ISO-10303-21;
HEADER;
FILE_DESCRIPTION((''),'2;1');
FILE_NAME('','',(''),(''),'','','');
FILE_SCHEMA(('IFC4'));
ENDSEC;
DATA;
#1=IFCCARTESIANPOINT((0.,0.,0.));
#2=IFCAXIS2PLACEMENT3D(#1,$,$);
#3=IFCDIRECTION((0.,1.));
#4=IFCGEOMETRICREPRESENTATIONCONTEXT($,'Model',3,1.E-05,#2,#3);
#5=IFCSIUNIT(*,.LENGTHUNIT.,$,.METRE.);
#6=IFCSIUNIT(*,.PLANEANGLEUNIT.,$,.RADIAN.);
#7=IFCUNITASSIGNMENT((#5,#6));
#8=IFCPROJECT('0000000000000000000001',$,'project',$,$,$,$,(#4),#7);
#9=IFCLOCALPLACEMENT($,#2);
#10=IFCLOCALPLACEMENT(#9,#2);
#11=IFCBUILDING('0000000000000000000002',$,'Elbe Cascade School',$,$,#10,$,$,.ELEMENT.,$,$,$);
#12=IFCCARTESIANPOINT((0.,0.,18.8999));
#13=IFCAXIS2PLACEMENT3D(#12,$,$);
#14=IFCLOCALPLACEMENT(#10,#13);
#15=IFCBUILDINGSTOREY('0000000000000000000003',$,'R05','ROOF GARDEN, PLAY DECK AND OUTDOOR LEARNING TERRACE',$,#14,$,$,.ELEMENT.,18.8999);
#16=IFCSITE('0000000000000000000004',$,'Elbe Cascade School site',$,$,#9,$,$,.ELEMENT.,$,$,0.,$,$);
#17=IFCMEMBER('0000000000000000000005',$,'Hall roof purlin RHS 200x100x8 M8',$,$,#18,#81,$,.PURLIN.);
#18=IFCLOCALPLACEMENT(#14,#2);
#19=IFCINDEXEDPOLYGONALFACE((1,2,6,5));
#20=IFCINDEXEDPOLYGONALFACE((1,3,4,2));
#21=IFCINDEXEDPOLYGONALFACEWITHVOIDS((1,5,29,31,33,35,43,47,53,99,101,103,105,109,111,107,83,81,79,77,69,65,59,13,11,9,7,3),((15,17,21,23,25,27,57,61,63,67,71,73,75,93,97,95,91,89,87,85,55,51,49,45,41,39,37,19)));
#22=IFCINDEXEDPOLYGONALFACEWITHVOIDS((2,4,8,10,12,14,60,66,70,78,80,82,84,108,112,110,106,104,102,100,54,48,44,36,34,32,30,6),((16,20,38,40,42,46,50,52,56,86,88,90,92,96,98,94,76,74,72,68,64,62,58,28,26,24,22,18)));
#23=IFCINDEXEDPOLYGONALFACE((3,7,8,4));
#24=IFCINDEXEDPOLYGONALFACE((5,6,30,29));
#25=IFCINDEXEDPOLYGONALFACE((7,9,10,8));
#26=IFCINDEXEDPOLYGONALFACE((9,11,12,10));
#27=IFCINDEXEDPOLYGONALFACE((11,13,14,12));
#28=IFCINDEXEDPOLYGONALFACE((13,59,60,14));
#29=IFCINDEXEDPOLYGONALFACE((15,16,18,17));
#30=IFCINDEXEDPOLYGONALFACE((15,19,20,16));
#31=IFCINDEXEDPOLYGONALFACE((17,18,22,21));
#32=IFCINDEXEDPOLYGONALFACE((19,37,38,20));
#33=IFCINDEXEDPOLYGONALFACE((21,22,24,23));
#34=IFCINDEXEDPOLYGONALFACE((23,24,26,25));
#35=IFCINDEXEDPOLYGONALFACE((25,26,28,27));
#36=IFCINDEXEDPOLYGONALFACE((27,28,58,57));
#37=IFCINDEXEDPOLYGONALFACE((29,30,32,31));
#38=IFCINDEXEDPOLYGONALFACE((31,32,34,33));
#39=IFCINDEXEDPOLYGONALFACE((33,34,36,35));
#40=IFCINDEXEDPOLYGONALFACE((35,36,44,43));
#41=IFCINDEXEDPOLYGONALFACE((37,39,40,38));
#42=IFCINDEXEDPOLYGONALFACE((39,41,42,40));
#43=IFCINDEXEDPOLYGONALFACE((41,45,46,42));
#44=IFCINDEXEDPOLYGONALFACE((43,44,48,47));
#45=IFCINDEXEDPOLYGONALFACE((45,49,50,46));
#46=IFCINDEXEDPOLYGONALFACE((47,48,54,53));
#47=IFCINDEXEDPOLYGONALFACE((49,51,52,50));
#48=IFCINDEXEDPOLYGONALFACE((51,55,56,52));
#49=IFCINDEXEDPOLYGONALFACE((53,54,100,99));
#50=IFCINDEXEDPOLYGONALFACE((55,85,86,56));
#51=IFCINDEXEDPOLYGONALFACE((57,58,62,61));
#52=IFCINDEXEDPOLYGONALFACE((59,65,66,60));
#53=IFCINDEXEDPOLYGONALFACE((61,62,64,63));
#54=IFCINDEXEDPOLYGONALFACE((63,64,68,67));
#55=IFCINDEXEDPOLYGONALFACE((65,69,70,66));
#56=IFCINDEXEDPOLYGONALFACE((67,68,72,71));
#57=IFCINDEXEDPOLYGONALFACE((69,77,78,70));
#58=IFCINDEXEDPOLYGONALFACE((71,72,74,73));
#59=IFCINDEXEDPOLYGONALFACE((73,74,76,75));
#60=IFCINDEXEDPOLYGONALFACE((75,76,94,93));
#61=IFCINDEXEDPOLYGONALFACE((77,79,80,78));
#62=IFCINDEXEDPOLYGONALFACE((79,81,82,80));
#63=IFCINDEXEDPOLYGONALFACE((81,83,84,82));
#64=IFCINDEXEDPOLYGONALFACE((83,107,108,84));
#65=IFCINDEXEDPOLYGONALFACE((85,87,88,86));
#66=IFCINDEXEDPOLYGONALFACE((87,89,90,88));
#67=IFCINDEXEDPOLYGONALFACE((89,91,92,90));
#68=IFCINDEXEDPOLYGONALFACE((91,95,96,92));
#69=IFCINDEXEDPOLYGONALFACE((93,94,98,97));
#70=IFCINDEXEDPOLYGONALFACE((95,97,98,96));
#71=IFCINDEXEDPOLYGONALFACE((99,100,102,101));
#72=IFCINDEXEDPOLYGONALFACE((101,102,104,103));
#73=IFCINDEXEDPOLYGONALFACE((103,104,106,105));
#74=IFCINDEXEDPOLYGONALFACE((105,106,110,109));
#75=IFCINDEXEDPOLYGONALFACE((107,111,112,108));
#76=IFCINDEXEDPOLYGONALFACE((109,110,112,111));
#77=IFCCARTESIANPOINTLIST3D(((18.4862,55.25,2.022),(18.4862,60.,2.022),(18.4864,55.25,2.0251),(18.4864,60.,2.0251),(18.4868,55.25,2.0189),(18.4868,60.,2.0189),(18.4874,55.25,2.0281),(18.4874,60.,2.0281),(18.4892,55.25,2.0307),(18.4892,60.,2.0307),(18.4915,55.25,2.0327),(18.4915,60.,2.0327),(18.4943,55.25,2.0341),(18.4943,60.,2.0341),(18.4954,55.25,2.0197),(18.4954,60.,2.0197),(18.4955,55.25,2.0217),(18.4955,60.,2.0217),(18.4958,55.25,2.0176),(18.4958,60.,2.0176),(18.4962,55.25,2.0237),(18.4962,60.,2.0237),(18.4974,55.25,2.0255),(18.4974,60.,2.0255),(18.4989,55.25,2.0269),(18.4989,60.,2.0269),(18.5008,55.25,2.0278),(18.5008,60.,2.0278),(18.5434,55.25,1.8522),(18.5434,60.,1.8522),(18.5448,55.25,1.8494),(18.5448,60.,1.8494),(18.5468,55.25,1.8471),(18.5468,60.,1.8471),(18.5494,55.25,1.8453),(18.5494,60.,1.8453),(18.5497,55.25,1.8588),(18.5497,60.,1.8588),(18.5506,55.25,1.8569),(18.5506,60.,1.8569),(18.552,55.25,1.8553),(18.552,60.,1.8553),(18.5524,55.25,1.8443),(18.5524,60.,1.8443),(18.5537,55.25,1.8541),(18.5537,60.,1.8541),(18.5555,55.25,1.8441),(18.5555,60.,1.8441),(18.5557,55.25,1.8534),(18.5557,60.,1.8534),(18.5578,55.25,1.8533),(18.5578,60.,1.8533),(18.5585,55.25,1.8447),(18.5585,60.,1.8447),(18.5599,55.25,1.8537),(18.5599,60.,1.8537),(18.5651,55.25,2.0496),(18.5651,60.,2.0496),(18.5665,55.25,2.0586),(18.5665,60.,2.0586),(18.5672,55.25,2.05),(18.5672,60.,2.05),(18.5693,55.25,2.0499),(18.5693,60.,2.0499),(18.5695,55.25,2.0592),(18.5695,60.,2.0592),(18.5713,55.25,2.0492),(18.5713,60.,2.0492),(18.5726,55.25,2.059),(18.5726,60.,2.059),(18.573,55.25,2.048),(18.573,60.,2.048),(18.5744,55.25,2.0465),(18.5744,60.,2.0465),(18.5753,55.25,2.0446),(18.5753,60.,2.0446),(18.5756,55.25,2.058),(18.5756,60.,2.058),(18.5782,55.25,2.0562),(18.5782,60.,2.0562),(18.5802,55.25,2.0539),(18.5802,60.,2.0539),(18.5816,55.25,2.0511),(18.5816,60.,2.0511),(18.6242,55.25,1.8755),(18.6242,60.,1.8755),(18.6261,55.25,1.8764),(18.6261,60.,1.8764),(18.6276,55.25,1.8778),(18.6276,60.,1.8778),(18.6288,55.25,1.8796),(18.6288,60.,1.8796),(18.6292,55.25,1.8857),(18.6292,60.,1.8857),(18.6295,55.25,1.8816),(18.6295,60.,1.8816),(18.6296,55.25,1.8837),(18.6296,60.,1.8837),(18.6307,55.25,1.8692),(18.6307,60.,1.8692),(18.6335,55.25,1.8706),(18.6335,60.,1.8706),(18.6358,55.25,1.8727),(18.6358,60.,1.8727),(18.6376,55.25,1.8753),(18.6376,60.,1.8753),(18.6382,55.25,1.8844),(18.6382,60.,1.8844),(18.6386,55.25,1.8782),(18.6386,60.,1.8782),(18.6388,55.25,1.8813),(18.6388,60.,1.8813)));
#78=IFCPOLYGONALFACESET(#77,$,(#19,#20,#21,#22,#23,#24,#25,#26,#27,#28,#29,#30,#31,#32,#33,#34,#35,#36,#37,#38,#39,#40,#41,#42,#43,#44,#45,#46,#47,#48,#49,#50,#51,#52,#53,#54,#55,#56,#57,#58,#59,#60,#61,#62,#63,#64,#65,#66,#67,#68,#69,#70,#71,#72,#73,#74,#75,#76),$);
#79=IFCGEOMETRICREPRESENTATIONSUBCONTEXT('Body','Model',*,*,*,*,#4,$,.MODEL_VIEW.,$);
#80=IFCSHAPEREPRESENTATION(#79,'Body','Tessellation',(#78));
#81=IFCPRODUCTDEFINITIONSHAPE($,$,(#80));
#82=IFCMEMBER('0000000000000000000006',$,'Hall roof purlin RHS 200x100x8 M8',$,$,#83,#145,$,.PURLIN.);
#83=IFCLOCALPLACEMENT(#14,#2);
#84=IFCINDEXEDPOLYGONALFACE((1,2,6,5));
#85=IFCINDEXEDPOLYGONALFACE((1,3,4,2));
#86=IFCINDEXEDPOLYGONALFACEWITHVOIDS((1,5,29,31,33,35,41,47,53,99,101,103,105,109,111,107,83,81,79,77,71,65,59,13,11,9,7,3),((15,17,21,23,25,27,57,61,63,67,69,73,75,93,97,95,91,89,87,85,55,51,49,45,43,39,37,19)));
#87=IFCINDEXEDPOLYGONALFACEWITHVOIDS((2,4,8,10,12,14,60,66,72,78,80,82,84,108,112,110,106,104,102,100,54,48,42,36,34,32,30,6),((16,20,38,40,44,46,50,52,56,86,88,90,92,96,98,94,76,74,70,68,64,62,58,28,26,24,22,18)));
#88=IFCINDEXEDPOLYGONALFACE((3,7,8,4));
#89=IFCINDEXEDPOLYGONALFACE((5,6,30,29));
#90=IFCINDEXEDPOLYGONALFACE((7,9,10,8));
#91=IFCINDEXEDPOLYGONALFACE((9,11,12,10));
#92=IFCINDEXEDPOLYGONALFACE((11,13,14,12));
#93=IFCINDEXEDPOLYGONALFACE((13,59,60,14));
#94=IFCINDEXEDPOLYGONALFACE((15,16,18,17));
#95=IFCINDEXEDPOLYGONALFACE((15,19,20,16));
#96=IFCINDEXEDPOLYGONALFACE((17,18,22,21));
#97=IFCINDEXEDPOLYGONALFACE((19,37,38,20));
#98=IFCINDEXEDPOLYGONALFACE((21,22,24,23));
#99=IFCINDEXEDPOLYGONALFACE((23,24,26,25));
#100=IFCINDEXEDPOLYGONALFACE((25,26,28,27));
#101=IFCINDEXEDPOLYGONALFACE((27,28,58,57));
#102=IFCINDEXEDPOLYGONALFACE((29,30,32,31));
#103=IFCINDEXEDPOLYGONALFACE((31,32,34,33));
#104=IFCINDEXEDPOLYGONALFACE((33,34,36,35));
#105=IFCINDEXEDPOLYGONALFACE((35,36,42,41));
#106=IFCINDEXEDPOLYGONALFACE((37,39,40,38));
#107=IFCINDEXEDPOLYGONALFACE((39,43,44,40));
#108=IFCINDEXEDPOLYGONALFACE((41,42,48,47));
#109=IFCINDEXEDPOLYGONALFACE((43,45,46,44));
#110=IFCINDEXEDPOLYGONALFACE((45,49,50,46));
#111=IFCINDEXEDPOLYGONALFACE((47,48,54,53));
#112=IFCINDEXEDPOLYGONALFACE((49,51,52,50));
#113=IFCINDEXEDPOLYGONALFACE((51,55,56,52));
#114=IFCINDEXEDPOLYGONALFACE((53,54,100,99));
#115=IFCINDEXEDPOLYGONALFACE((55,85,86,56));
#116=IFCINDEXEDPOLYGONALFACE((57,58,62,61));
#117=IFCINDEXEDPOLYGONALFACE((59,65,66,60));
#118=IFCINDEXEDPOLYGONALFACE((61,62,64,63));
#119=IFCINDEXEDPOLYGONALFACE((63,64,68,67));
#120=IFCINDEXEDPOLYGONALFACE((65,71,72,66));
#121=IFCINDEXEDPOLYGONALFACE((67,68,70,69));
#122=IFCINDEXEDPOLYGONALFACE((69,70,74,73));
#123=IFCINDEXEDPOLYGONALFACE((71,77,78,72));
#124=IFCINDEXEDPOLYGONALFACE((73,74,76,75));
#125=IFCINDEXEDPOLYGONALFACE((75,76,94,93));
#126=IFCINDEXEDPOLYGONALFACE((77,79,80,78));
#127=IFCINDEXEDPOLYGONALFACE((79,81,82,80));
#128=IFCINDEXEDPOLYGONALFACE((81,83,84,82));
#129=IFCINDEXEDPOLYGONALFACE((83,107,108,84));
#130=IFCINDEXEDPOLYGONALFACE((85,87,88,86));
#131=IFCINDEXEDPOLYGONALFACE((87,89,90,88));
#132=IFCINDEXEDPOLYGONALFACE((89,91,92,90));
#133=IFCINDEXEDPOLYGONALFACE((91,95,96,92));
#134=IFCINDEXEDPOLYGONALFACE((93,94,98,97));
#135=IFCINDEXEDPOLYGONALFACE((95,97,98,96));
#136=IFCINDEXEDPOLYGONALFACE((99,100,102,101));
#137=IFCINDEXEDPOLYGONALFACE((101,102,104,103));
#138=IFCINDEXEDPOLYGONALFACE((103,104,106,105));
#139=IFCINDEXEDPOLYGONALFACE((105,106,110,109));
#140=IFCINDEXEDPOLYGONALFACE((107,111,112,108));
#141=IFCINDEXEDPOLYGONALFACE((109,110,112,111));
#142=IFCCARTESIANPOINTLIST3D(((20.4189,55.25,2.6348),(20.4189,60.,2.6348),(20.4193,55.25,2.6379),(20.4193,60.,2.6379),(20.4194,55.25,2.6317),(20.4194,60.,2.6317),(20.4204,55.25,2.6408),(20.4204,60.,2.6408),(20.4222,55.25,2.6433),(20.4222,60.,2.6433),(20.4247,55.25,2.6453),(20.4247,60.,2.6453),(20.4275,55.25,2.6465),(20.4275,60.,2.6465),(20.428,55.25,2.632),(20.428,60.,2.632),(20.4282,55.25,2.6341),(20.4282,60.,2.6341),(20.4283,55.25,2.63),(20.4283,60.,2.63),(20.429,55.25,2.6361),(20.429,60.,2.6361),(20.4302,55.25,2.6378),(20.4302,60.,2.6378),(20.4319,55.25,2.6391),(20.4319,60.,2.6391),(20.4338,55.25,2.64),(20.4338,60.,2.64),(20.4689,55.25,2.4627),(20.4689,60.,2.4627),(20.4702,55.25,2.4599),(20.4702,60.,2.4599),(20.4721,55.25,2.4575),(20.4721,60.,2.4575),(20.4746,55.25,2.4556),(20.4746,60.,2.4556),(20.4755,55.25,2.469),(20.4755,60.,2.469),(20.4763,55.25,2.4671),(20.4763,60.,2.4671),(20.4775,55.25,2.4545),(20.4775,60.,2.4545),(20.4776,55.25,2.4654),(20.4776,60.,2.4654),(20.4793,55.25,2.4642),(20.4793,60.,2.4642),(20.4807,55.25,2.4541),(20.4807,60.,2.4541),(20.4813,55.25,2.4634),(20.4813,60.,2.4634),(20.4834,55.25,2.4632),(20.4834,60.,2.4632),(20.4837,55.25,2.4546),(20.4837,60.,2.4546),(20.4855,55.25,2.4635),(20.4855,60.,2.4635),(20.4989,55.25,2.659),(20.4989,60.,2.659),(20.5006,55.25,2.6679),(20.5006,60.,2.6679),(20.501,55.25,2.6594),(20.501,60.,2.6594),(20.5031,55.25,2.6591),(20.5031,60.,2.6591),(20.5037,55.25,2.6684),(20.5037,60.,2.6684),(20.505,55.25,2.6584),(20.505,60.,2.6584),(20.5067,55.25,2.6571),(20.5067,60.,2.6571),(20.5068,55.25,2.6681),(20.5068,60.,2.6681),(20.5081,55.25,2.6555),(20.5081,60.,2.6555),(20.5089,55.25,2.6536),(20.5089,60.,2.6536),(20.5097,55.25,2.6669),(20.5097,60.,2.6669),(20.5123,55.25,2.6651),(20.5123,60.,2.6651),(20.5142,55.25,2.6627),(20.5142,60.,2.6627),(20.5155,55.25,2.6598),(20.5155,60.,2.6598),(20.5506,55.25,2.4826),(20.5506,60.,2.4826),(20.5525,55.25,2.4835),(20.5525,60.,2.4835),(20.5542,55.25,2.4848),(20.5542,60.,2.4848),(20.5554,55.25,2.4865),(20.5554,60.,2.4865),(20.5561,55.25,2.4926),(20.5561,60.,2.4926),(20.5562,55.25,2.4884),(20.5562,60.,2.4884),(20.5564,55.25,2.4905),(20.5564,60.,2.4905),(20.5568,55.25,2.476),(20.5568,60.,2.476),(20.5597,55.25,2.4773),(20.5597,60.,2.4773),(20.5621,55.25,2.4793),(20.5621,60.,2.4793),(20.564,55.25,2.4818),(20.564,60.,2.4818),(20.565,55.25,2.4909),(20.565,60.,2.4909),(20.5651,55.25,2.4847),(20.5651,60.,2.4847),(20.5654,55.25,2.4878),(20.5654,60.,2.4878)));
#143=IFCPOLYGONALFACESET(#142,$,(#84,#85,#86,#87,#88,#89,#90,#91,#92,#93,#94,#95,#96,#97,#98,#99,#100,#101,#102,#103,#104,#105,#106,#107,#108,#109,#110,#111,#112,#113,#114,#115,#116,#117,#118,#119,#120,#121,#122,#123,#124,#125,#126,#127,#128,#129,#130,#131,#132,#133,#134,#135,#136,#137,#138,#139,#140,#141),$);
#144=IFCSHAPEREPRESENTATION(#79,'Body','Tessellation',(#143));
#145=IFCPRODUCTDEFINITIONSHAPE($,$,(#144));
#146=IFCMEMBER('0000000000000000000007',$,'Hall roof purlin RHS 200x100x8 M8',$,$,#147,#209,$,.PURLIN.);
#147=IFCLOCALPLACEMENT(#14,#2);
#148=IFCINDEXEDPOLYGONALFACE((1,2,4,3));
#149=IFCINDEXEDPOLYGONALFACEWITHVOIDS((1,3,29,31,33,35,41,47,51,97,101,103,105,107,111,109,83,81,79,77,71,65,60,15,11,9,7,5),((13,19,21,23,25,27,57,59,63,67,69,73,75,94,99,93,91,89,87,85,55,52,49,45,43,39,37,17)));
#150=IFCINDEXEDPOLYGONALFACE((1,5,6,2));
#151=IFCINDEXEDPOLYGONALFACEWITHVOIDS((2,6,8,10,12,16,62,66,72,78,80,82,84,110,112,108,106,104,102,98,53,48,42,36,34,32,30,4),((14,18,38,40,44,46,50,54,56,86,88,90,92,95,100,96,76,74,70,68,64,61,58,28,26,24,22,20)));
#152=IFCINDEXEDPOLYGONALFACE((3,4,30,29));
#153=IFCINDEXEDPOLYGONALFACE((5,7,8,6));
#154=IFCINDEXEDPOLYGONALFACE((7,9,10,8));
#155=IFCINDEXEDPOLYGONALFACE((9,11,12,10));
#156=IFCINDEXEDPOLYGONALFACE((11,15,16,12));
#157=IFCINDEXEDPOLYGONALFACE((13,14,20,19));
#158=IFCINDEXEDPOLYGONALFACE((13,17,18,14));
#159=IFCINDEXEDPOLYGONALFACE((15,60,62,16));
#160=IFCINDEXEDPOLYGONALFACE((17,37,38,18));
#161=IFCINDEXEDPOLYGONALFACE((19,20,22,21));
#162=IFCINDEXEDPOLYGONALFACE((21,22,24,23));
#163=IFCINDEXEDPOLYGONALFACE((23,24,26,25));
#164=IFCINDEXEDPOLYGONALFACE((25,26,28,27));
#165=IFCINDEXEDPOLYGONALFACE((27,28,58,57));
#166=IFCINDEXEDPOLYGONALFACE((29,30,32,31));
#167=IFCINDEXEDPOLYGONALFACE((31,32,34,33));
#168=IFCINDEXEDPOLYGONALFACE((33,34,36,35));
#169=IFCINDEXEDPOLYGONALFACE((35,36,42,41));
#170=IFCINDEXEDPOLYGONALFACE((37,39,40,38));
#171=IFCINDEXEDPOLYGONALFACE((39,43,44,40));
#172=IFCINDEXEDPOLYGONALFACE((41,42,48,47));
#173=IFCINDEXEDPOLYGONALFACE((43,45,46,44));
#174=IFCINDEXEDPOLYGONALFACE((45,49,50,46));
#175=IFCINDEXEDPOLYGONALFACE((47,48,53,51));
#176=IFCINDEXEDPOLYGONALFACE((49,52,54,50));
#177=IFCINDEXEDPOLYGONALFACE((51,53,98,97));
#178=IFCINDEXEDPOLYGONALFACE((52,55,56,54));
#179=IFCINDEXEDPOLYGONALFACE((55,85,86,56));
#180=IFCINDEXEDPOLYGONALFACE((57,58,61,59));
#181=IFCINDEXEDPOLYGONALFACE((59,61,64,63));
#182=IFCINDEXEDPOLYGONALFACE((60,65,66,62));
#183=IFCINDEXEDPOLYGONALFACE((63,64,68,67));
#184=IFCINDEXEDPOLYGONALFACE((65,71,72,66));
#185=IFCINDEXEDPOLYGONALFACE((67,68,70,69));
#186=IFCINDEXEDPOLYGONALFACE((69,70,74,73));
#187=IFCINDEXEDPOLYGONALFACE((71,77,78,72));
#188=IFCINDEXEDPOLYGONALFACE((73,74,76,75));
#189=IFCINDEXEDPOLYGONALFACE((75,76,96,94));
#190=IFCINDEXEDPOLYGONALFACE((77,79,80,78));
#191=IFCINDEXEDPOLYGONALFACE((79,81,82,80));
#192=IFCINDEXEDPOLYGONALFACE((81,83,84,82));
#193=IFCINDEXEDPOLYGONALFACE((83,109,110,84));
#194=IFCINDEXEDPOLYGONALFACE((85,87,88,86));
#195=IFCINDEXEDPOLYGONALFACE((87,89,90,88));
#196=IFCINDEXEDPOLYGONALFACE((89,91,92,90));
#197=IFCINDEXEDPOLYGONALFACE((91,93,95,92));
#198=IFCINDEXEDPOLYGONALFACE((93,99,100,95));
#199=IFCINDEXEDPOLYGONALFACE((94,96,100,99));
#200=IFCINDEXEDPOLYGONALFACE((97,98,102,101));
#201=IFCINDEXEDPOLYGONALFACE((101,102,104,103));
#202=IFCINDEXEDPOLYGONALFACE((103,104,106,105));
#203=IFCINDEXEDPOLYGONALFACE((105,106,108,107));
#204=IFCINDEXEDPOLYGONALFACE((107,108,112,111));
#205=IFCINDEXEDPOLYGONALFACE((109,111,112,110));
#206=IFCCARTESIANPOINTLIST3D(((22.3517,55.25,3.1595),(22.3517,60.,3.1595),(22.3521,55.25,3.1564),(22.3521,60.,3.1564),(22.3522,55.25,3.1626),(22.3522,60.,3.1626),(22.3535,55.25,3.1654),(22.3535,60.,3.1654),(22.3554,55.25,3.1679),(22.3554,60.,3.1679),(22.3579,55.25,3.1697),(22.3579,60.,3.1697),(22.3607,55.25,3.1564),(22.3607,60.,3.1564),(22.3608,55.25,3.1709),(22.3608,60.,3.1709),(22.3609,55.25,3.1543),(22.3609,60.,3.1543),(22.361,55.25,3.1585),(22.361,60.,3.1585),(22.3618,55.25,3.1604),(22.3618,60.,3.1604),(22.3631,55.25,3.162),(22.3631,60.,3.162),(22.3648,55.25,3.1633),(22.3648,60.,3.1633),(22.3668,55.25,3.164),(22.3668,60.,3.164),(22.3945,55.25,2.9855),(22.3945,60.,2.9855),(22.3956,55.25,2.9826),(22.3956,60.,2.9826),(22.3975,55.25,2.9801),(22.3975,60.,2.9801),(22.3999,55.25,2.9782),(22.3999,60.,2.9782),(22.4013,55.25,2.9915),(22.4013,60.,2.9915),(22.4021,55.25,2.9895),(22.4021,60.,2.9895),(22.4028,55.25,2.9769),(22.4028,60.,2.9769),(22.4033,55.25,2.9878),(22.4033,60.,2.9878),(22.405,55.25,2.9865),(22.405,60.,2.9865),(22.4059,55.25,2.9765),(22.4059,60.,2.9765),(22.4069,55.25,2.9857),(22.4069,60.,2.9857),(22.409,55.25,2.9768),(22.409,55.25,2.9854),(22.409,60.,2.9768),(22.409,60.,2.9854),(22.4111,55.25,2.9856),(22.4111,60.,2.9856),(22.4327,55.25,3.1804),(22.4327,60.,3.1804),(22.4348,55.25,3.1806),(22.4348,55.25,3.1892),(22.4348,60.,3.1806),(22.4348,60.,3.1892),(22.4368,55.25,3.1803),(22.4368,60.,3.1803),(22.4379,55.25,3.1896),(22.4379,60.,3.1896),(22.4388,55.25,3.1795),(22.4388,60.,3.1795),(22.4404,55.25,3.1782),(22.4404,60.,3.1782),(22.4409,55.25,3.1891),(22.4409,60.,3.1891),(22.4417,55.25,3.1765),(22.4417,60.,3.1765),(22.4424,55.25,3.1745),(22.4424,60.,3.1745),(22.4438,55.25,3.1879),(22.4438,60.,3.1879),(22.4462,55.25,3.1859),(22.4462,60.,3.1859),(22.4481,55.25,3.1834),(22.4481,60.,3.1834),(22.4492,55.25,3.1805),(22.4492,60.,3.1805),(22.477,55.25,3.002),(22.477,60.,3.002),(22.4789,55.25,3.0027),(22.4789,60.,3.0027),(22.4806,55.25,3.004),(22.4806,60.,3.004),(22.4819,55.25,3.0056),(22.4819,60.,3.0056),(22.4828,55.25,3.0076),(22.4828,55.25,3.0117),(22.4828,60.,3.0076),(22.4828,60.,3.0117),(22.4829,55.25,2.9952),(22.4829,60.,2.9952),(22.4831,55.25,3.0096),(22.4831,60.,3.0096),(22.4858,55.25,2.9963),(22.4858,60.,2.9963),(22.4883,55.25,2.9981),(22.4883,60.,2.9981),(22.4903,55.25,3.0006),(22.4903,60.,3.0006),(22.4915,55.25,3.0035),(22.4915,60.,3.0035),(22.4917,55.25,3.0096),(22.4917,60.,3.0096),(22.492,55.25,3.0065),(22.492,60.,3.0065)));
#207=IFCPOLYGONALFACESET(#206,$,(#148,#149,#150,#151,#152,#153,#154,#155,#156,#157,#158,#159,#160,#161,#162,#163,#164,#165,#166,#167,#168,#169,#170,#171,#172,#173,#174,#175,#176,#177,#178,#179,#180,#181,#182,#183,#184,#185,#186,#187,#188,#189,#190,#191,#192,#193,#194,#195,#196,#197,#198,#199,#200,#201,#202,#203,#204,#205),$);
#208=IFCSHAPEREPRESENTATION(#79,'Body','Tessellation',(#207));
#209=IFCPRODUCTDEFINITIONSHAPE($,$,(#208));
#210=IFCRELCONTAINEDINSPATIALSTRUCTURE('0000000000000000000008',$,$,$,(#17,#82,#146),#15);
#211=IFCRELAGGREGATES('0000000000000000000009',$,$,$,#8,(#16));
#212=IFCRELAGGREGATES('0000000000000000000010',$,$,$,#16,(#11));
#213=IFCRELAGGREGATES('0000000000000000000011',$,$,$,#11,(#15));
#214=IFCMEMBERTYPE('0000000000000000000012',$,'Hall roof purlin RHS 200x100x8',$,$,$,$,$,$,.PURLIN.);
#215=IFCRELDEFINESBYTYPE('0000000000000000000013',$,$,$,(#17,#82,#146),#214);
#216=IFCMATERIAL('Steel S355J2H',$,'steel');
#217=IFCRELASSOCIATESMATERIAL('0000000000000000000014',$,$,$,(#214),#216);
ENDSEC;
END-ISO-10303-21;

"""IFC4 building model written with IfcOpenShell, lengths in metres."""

from ifc_helpers import new_model, si_unit, direction, frame, origin, origin_2d, place, context, subcontext, project, spatial, hollow_rectangle, extrude, material, material_profile, profile_set, type_object, element, save


model = new_model("IFC4")

# Units and contexts
model_context = context("Model", 3, precision=1e-05, world=origin(), true_north=direction((0.0, 1.0)))
body_context = subcontext(model_context, "Body", "Model", "MODEL_VIEW")
ifc_project = project(units=[si_unit("LENGTHUNIT", "METRE"), si_unit("PLANEANGLEUNIT", "RADIAN")], contexts=[model_context])

# Site, building, storey
site_placement = place(None, origin())
site = spatial("IfcSite", under=ifc_project, at=site_placement, Name="Elbe Cascade School site", CompositionType="ELEMENT", RefElevation=0.0)
building_placement = place(site_placement, origin())
building = spatial("IfcBuilding", under=site, at=building_placement, Name="Elbe Cascade School", CompositionType="ELEMENT")
storey_placement = place(building_placement, frame((0.0, 0.0, 18.8999)))
storey = spatial("IfcBuildingStorey", under=building, at=storey_placement, Name="R05", Description="ROOF GARDEN, PLAY DECK AND OUTDOOR LEARNING TERRACE", CompositionType="ELEMENT", Elevation=18.8999)

# Members
ifc_material_1 = material(Name="Steel S355J2H", Category="steel")
ifc_material_profile_1 = material_profile(ifc_material_1, hollow_rectangle(XDim=0.1001, YDim=0.2, WallThickness=0.0081, InnerFilletRadius=0.0081, OuterFilletRadius=0.012, at=origin_2d()), Name="RHS 200x100x8")
ifc_profile_set_1 = profile_set([ifc_material_profile_1], Name="Steel S355J2H")
member_type_1 = type_object("IfcMemberType", Name="Hall roof purlin RHS 200x100x8", PredefinedType="PURLIN", material=ifc_profile_set_1)
for number, where, z_axis, x_axis, name in (
    (1, (18.5625, 55.25, 1.9517), (0.0, 1.0, 0.0), (-0.946999, 0.0, -0.321236), "Hall roof purlin RHS 200x100x8 M8"),
    (2, (20.4922, 55.25, 2.5613), (0.0, 1.0, 0.0), (-0.959684, 0.0, -0.281081), "Hall roof purlin RHS 200x100x8 M8"),
    (3, (22.4219, 55.25, 3.083), (0.0, 1.0, 0.0), (-0.970543, 0.0, -0.240927), "Hall roof purlin RHS 200x100x8 M8"),
):
    element("IfcMember", number, at=place(storey_placement, frame(where, z_axis=z_axis, x_axis=x_axis)), inside=storey, type_object=member_type_1, Name=name, PredefinedType="PURLIN", context=body_context, shape_type="SweptSolid", body=[
        extrude(hollow_rectangle(XDim=0.1001, YDim=0.2, WallThickness=0.0081, InnerFilletRadius=0.0081, OuterFilletRadius=0.012, at=origin_2d()), origin(), (0.0, 0.0, 1.0), 4.75),
    ])

save(model, "model.ifc")
